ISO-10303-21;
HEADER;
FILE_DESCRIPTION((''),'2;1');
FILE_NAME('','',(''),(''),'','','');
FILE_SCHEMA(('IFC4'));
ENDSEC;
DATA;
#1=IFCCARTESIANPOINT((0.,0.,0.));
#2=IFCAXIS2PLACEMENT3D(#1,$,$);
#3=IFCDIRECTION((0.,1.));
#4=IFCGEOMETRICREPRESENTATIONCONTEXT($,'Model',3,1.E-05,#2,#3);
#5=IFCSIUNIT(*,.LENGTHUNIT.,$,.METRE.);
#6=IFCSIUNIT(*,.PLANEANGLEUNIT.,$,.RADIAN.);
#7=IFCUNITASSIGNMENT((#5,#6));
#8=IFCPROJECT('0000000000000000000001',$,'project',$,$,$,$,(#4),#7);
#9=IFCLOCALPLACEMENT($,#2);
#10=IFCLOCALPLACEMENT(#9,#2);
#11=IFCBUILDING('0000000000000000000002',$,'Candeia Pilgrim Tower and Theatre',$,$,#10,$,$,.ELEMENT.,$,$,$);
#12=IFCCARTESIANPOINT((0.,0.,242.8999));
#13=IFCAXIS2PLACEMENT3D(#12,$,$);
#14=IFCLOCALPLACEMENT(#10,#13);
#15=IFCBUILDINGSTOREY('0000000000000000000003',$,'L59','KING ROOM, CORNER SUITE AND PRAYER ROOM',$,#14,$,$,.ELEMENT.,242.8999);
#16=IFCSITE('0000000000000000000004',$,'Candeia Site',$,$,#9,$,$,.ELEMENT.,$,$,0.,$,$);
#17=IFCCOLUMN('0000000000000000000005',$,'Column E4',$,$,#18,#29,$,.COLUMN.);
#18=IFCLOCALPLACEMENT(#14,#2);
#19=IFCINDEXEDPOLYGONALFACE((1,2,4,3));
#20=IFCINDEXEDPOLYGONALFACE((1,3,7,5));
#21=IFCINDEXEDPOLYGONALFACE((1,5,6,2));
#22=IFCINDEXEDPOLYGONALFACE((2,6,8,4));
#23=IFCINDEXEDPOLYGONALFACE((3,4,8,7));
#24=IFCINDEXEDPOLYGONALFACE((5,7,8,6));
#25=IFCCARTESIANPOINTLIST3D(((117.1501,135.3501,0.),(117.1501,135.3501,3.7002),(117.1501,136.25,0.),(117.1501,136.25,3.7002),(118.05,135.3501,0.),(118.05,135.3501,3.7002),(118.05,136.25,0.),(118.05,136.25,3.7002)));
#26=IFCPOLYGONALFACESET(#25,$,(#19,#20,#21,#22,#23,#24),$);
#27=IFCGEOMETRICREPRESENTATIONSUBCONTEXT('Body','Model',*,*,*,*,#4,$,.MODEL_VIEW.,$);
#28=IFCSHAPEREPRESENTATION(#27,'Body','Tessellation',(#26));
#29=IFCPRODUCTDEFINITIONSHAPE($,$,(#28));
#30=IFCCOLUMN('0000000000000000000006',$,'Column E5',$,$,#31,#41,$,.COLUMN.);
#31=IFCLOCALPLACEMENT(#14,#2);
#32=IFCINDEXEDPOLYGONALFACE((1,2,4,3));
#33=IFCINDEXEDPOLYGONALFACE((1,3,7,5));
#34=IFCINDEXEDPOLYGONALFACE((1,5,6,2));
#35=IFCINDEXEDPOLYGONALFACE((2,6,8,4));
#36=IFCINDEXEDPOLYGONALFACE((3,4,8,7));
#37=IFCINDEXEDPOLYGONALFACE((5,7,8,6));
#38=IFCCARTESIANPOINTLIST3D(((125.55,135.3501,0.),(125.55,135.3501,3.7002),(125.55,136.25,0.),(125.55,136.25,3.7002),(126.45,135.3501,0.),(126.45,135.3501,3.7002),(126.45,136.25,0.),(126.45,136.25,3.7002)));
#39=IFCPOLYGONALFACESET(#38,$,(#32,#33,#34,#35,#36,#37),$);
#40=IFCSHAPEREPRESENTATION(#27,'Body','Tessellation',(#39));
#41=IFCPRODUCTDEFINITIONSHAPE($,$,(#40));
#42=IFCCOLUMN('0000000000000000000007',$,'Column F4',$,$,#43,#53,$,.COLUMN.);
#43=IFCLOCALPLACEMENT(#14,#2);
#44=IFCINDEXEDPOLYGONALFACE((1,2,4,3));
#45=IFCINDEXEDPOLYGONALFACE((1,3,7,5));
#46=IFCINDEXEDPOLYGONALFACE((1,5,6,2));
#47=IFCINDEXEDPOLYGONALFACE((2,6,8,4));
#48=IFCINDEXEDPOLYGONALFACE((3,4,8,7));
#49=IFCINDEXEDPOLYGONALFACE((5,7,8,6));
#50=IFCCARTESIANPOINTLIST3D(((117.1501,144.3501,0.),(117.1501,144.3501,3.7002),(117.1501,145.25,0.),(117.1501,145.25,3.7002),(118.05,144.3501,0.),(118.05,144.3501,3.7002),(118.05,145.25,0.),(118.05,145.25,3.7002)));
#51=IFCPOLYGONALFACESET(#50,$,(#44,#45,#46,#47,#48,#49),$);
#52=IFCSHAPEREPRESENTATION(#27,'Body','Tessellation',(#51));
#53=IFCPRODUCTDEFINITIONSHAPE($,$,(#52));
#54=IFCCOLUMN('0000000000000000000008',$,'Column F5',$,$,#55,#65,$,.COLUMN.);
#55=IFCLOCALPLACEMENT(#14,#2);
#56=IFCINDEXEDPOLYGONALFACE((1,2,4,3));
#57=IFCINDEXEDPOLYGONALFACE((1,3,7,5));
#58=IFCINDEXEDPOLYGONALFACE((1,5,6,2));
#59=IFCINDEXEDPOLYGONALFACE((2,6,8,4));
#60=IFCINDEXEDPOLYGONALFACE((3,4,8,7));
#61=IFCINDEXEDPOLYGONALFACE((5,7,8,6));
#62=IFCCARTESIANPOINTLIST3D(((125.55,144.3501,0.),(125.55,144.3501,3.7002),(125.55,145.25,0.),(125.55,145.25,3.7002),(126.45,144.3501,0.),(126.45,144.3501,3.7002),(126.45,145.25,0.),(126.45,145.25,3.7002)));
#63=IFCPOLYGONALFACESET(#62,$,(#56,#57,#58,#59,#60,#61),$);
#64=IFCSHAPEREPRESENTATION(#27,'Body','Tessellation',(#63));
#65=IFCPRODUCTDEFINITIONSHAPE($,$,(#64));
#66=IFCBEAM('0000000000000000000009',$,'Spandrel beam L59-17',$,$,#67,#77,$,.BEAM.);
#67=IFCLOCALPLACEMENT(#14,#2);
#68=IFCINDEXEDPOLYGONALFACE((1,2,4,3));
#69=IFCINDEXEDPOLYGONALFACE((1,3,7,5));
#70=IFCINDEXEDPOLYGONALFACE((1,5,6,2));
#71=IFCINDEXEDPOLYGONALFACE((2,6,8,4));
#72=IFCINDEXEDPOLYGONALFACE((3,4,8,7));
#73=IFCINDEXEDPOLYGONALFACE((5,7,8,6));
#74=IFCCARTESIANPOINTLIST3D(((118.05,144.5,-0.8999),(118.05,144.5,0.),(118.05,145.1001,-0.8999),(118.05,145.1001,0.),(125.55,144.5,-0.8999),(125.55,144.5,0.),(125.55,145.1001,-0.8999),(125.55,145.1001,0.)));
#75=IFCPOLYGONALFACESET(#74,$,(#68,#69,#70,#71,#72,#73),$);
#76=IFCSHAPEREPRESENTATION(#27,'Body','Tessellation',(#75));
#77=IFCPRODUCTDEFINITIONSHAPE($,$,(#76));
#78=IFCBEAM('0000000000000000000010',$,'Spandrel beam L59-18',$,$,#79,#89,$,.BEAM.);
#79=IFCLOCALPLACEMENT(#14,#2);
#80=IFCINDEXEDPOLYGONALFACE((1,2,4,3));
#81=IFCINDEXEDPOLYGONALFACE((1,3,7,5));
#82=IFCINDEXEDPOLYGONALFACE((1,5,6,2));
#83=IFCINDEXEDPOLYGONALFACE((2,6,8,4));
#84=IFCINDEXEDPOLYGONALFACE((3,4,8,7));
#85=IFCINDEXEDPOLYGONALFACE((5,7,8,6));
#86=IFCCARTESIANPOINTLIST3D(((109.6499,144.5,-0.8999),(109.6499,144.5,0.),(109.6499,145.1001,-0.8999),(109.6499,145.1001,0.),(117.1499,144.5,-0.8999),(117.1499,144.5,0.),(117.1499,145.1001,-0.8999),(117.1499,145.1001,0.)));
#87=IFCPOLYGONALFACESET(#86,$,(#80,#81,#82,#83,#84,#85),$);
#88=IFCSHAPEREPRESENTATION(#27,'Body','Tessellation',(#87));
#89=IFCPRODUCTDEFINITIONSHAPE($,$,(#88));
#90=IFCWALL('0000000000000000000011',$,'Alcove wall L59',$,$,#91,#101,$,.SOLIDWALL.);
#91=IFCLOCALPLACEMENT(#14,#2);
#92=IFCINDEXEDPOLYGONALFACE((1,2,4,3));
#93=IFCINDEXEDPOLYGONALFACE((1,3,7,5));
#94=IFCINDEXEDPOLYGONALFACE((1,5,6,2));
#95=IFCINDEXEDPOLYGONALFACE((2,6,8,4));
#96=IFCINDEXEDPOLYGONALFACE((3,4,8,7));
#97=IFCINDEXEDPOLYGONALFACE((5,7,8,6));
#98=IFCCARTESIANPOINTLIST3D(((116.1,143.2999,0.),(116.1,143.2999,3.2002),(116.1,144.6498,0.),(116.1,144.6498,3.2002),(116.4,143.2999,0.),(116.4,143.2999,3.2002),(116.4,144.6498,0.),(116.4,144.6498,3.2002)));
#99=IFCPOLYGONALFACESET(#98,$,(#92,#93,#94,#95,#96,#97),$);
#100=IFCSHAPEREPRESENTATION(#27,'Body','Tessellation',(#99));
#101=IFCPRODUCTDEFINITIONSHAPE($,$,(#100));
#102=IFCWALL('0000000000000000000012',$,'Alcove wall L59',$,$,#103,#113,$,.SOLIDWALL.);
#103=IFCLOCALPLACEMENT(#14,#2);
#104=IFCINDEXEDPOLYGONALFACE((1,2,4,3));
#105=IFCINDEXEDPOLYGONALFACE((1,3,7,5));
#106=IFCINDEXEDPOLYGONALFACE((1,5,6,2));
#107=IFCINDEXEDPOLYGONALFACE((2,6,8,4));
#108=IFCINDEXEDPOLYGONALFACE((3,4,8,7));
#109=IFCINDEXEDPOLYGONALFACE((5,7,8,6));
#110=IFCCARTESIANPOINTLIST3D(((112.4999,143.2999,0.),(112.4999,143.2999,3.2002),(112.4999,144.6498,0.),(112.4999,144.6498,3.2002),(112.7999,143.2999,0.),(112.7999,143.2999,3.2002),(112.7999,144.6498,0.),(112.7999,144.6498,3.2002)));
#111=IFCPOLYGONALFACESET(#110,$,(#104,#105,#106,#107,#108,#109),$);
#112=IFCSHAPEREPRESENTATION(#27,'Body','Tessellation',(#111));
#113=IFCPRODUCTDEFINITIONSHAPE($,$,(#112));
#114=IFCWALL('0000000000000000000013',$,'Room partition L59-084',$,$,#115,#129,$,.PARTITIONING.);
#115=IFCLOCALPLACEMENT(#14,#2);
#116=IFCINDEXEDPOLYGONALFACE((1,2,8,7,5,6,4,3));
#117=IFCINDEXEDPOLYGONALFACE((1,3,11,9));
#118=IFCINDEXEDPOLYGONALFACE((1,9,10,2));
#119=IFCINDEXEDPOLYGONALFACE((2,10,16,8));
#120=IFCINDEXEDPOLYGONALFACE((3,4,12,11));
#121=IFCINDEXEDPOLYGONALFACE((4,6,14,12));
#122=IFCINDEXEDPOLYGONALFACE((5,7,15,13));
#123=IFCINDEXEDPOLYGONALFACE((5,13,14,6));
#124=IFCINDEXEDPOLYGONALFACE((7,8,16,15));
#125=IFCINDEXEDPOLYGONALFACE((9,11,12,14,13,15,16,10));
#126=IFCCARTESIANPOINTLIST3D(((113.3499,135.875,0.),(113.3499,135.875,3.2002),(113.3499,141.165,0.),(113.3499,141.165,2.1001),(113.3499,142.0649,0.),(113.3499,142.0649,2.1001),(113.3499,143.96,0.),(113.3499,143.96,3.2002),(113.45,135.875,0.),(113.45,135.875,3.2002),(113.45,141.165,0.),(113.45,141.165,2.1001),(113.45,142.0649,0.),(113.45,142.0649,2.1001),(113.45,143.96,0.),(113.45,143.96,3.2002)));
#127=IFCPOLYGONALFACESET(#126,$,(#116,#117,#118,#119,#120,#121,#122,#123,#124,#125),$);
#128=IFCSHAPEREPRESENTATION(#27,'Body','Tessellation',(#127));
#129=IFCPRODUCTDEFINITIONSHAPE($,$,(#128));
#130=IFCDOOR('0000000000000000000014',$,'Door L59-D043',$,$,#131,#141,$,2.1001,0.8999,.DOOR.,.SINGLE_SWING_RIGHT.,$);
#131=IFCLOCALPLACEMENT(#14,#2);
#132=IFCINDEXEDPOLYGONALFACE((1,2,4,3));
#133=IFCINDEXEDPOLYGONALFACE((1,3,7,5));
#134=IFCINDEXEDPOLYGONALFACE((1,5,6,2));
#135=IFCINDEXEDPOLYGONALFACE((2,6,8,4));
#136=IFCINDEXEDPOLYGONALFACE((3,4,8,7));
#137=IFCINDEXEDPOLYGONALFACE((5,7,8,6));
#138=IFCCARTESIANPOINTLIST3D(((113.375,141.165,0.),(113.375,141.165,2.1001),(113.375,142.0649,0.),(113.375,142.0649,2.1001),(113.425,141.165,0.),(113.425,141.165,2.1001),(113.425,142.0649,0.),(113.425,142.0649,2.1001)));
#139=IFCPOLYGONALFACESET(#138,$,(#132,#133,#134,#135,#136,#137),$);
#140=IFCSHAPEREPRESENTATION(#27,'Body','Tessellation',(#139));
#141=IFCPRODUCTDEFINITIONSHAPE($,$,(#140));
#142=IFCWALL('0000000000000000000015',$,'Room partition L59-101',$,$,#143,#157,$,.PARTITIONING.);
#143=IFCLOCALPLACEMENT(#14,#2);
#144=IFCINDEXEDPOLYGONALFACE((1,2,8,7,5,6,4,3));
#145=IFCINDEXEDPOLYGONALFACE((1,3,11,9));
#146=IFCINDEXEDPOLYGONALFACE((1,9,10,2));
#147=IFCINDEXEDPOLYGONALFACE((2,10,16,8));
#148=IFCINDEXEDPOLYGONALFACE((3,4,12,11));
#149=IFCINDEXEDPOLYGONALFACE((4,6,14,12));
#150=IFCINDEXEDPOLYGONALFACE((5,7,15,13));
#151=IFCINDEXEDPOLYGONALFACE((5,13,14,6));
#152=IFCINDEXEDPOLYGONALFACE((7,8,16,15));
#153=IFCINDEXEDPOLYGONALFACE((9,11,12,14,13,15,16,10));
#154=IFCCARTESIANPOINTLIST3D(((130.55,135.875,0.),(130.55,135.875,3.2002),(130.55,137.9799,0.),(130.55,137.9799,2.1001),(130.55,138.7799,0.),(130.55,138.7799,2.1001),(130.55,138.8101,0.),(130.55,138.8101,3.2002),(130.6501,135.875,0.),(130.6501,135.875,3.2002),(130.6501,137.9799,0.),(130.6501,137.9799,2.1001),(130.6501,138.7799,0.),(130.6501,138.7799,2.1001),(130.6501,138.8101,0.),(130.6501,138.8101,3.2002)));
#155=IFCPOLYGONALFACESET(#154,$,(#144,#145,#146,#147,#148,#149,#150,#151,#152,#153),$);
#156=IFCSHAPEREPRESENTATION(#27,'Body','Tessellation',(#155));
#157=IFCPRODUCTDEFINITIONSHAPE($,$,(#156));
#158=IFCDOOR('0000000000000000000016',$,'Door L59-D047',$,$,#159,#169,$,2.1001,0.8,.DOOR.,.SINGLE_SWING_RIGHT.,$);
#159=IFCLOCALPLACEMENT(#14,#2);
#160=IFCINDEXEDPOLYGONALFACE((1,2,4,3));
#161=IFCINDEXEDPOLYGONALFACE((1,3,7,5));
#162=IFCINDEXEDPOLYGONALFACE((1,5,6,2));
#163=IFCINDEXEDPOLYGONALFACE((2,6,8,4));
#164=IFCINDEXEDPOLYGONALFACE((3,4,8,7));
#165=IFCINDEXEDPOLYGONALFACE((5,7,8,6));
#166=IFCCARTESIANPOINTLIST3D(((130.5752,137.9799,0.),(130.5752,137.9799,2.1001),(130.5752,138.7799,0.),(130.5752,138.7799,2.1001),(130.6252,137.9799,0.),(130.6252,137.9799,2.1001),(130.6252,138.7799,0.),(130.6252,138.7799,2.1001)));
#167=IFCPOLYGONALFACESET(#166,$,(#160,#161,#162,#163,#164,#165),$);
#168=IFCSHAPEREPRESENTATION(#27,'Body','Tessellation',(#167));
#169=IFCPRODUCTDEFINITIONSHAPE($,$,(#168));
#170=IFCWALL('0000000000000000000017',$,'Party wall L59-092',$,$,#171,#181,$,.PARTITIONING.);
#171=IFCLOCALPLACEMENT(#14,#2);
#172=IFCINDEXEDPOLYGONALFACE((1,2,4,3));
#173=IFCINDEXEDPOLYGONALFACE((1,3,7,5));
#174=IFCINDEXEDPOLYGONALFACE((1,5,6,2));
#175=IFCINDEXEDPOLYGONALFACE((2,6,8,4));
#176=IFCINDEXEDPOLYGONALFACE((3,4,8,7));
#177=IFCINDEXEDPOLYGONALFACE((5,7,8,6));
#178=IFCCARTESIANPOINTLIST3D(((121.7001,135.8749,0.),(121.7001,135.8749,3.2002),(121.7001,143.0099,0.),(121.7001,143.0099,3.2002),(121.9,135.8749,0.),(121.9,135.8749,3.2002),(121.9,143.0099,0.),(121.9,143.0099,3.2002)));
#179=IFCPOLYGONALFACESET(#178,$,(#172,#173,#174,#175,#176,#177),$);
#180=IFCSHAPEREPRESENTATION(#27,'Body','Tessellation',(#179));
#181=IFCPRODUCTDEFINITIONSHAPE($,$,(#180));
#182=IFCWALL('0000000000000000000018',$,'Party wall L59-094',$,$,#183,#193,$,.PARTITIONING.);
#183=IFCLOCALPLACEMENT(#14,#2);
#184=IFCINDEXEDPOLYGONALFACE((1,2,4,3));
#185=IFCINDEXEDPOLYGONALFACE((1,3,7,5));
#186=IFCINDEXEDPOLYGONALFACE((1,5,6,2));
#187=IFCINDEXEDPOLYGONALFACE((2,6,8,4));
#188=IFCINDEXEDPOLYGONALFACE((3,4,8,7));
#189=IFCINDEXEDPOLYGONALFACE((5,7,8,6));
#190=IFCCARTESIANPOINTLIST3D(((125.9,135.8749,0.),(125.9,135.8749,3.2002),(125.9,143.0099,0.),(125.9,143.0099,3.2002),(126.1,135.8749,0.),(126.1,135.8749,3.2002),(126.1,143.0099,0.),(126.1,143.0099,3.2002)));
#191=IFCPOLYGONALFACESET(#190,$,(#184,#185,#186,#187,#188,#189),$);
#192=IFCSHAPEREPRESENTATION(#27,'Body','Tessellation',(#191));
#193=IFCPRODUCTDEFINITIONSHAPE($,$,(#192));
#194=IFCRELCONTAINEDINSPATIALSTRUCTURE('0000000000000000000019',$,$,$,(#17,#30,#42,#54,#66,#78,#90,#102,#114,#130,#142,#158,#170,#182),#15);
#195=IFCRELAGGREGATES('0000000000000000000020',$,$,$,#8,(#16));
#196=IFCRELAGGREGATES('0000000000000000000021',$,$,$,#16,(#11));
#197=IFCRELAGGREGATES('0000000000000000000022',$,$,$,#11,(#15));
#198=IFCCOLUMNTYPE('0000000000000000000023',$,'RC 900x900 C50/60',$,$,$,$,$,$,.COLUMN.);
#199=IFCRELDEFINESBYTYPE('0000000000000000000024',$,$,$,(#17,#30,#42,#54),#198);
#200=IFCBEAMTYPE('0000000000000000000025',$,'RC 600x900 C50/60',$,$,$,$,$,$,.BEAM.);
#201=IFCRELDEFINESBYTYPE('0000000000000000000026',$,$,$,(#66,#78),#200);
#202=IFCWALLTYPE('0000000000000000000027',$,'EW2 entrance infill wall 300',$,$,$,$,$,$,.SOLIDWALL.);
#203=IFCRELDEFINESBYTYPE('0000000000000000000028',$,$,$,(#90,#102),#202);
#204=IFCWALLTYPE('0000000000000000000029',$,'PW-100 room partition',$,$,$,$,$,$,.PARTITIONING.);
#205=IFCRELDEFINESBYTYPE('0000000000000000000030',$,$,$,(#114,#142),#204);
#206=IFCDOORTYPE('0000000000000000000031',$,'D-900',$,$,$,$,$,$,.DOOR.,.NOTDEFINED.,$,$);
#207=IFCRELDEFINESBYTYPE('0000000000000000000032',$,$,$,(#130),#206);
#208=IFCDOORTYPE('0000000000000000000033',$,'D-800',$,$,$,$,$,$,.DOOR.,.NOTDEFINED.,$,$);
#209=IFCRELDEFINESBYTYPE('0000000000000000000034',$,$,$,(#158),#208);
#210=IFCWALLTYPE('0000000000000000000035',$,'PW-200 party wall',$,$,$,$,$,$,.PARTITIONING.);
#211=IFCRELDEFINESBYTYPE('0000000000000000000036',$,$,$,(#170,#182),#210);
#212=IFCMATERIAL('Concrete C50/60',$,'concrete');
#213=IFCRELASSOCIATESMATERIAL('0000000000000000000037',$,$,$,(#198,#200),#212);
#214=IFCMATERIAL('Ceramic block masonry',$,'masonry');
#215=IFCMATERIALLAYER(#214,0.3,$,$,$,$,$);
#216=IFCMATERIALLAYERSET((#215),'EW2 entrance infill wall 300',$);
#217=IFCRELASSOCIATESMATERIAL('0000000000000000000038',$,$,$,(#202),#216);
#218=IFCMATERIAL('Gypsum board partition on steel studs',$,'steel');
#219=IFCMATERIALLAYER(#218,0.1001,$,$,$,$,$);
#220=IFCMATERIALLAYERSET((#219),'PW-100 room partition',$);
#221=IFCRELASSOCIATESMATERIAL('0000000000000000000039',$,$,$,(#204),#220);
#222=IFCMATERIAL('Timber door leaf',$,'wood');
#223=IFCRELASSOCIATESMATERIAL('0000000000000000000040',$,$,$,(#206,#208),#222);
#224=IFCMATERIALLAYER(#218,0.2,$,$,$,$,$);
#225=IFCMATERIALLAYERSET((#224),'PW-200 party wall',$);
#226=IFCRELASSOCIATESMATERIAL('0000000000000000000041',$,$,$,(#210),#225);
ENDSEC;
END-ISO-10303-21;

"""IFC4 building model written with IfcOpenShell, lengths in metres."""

from ifc_helpers import new_model, si_unit, direction, frame, frame_2d, origin, origin_2d, place, context, subcontext, project, spatial, rectangle, extrude, material, layer, layer_set, material_profile, profile_set, type_object, element, fill, save


model = new_model("IFC4")

# Units and contexts
model_context = context("Model", 3, precision=1e-05, world=origin(), true_north=direction((0.0, 1.0)))
body_context = subcontext(model_context, "Body", "Model", "MODEL_VIEW")
ifc_project = project(units=[si_unit("LENGTHUNIT", "METRE"), si_unit("PLANEANGLEUNIT", "RADIAN")], contexts=[model_context])

# Site, building, storey
site_placement = place(None, origin())
site = spatial("IfcSite", under=ifc_project, at=site_placement, Name="Candeia Site", CompositionType="ELEMENT", RefElevation=0.0)
building_placement = place(site_placement, origin())
building = spatial("IfcBuilding", under=site, at=building_placement, Name="Candeia Pilgrim Tower and Theatre", CompositionType="ELEMENT")
storey_placement = place(building_placement, frame((0.0, 0.0, 242.8999)))
storey = spatial("IfcBuildingStorey", under=building, at=storey_placement, Name="L59", Description="KING ROOM, CORNER SUITE AND PRAYER ROOM", CompositionType="ELEMENT", Elevation=242.8999)

# Columns
ifc_material_1 = material(Name="Concrete C50/60", Category="concrete")
ifc_material_profile_1 = material_profile(ifc_material_1, rectangle(XDim=0.8999, YDim=0.8999, at=origin_2d()))
ifc_profile_set_1 = profile_set([ifc_material_profile_1], Name="Concrete C50/60")
column_type = type_object("IfcColumnType", Name="RC 900x900 C50/60", PredefinedType="COLUMN", material=ifc_profile_set_1)
for number, where, z_axis, x_axis, name in (
    (1, (117.6001, 135.8, 0.0), (0.0, 0.0, 1.0), (1.0, 0.0, 0.0), "Column E4"),
    (2, (126.0, 135.8, 0.0), (0.0, 0.0, 1.0), (1.0, 0.0, 0.0), "Column E5"),
    (3, (117.6001, 144.8, 0.0), (0.0, 0.0, 1.0), (1.0, 0.0, 0.0), "Column F4"),
    (4, (126.0, 144.8, 0.0), (0.0, 0.0, 1.0), (1.0, 0.0, 0.0), "Column F5"),
):
    element("IfcColumn", number, at=place(storey_placement, frame(where, z_axis=z_axis, x_axis=x_axis)), inside=storey, type_object=column_type, Name=name, PredefinedType="COLUMN", context=body_context, shape_type="SweptSolid", body=[
        extrude(rectangle(XDim=0.8999, YDim=0.8999, at=origin_2d()), origin(), (0.0, 0.0, 1.0), 3.7002),
    ])

# Beams
ifc_material_profile_2 = material_profile(ifc_material_1, rectangle(XDim=0.6001, YDim=0.8999, at=origin_2d()))
ifc_profile_set_2 = profile_set([ifc_material_profile_2], Name="Concrete C50/60")
beam_type = type_object("IfcBeamType", Name="RC 600x900 C50/60", PredefinedType="BEAM", material=ifc_profile_set_2)
for number, where, z_axis, x_axis, name in (
    (5, (125.55, 144.8, -0.45), (-1.0, 0.0, 0.0), (0.0, -1.0, 0.0), "Spandrel beam L59-17"),
    (6, (117.1499, 144.8, -0.45), (-1.0, 0.0, 0.0), (0.0, -1.0, 0.0), "Spandrel beam L59-18"),
):
    element("IfcBeam", number, at=place(storey_placement, frame(where, z_axis=z_axis, x_axis=x_axis)), inside=storey, type_object=beam_type, Name=name, PredefinedType="BEAM", context=body_context, shape_type="SweptSolid", body=[
        extrude(rectangle(XDim=0.6001, YDim=0.8999, at=origin_2d()), origin(), (0.0, 0.0, 1.0), 7.5),
    ])

# Walls
ifc_material_2 = material(Name="Ceramic block masonry", Category="masonry")
ifc_layer_1 = layer(ifc_material_2, 0.3)
ifc_layer_set_1 = layer_set([ifc_layer_1], Name="EW2 entrance infill wall 300")
wall_type_1 = type_object("IfcWallType", Name="EW2 entrance infill wall 300", PredefinedType="SOLIDWALL", material=ifc_layer_set_1)
for number, where, z_axis, x_axis, name in (
    (7, (116.25, 143.3, 0.0), (0.0, 0.0, 1.0), (0.0, 1.0, 0.0), "Alcove wall L59"),
    (8, (112.6499, 143.3, 0.0), (0.0, 0.0, 1.0), (0.0, 1.0, 0.0), "Alcove wall L59"),
):
    element("IfcWall", number, at=place(storey_placement, frame(where, z_axis=z_axis, x_axis=x_axis)), inside=storey, type_object=wall_type_1, Name=name, PredefinedType="SOLIDWALL", context=body_context, shape_type="SweptSolid", body=[
        extrude(rectangle(XDim=1.3499, YDim=0.3, at=frame_2d((0.6748, 0.0))), origin(), (0.0, 0.0, 1.0), 3.2002),
    ])

# Walls, openings, doors
ifc_material_3 = material(Name="Gypsum board partition on steel studs", Category="steel")
ifc_layer_2 = layer(ifc_material_3, 0.1001)
ifc_layer_set_2 = layer_set([ifc_layer_2], Name="PW-100 room partition")
wall_type_2 = type_object("IfcWallType", Name="PW-100 room partition", PredefinedType="PARTITIONING", material=ifc_layer_set_2)
wall_1_placement = place(storey_placement, frame((113.3999, 135.875, 0.0), z_axis=(0.0, 0.0, 1.0), x_axis=(0.0, 1.0, 0.0)))
wall_1 = element("IfcWall", 9, at=wall_1_placement, inside=storey, type_object=wall_type_2, Name="Room partition L59-084", PredefinedType="PARTITIONING", context=body_context, shape_type="SweptSolid", body=[
    extrude(rectangle(XDim=8.085, YDim=0.1001, at=frame_2d((4.0425, 0.0))), origin(), (0.0, 0.0, 1.0), 3.2002),
])
opening_1_placement = place(wall_1_placement, frame((5.29, 0.0, 0.0)))
opening_1 = element("IfcOpeningElement", 10, at=opening_1_placement, cuts=wall_1, PredefinedType="OPENING", context=body_context, shape_type="SweptSolid", body=[
    extrude(rectangle(XDim=0.8999, YDim=2.1001, at=frame_2d((0.45, 1.05))), frame((0.0, 0.0601, 0.0), z_axis=(0.0, -1.0, 0.0), x_axis=(1.0, 0.0, 0.0)), (0.0, 0.0, 1.0), 0.1201),
])
ifc_material_4 = material(Name="Timber door leaf", Category="wood")
door_type_1 = type_object("IfcDoorType", Name="D-900", OperationType="NOTDEFINED", PredefinedType="DOOR", material=ifc_material_4)
door_1_placement = place(opening_1_placement, origin())
door_1 = element("IfcDoor", 11, at=door_1_placement, inside=storey, type_object=door_type_1, Name="Door L59-D043", OperationType="SINGLE_SWING_RIGHT", OverallHeight=2.1001, OverallWidth=0.8999, PredefinedType="DOOR", context=body_context, shape_type="SweptSolid", body=[
    extrude(rectangle(XDim=0.8999, YDim=2.1001, at=frame_2d((0.45, 1.05))), frame((0.0, 0.0249, 0.0), z_axis=(0.0, -1.0, 0.0), x_axis=(1.0, 0.0, 0.0)), (0.0, 0.0, 1.0), 0.05),
])
fill(opening_1, door_1)
wall_2_placement = place(storey_placement, frame((130.6001, 135.875, 0.0), z_axis=(0.0, 0.0, 1.0), x_axis=(0.0, 1.0, 0.0)))
wall_2 = element("IfcWall", 12, at=wall_2_placement, inside=storey, type_object=wall_type_2, Name="Room partition L59-101", PredefinedType="PARTITIONING", context=body_context, shape_type="SweptSolid", body=[
    extrude(rectangle(XDim=2.9351, YDim=0.1001, at=frame_2d((1.4675, 0.0))), origin(), (0.0, 0.0, 1.0), 3.2002),
])
opening_2_placement = place(wall_2_placement, frame((2.105, 0.0, 0.0)))
opening_2 = element("IfcOpeningElement", 13, at=opening_2_placement, cuts=wall_2, PredefinedType="OPENING", context=body_context, shape_type="SweptSolid", body=[
    extrude(rectangle(XDim=0.8, YDim=2.1001, at=frame_2d((0.3999, 1.05))), frame((0.0, 0.0601, 0.0), z_axis=(0.0, -1.0, 0.0), x_axis=(1.0, 0.0, 0.0)), (0.0, 0.0, 1.0), 0.1201),
])
door_type_2 = type_object("IfcDoorType", Name="D-800", OperationType="NOTDEFINED", PredefinedType="DOOR", material=ifc_material_4)
door_2_placement = place(opening_2_placement, origin())
door_2 = element("IfcDoor", 14, at=door_2_placement, inside=storey, type_object=door_type_2, Name="Door L59-D047", OperationType="SINGLE_SWING_RIGHT", OverallHeight=2.1001, OverallWidth=0.8, PredefinedType="DOOR", context=body_context, shape_type="SweptSolid", body=[
    extrude(rectangle(XDim=0.8, YDim=2.1001, at=frame_2d((0.3999, 1.05))), frame((0.0, 0.0249, 0.0), z_axis=(0.0, -1.0, 0.0), x_axis=(1.0, 0.0, 0.0)), (0.0, 0.0, 1.0), 0.05),
])
fill(opening_2, door_2)

# Walls
ifc_layer_3 = layer(ifc_material_3, 0.2)
ifc_layer_set_3 = layer_set([ifc_layer_3], Name="PW-200 party wall")
wall_type_3 = type_object("IfcWallType", Name="PW-200 party wall", PredefinedType="PARTITIONING", material=ifc_layer_set_3)
for number, where, z_axis, x_axis, name in (
    (15, (121.8, 135.875, 0.0), (0.0, 0.0, 1.0), (0.0, 1.0, 0.0), "Party wall L59-092"),
    (16, (126.0, 135.875, 0.0), (0.0, 0.0, 1.0), (0.0, 1.0, 0.0), "Party wall L59-094"),
):
    element("IfcWall", number, at=place(storey_placement, frame(where, z_axis=z_axis, x_axis=x_axis)), inside=storey, type_object=wall_type_3, Name=name, PredefinedType="PARTITIONING", context=body_context, shape_type="SweptSolid", body=[
        extrude(rectangle(XDim=7.135, YDim=0.2, at=frame_2d((3.5674, 0.0))), origin(), (0.0, 0.0, 1.0), 3.2002),
    ])

save(model, "model.ifc")
